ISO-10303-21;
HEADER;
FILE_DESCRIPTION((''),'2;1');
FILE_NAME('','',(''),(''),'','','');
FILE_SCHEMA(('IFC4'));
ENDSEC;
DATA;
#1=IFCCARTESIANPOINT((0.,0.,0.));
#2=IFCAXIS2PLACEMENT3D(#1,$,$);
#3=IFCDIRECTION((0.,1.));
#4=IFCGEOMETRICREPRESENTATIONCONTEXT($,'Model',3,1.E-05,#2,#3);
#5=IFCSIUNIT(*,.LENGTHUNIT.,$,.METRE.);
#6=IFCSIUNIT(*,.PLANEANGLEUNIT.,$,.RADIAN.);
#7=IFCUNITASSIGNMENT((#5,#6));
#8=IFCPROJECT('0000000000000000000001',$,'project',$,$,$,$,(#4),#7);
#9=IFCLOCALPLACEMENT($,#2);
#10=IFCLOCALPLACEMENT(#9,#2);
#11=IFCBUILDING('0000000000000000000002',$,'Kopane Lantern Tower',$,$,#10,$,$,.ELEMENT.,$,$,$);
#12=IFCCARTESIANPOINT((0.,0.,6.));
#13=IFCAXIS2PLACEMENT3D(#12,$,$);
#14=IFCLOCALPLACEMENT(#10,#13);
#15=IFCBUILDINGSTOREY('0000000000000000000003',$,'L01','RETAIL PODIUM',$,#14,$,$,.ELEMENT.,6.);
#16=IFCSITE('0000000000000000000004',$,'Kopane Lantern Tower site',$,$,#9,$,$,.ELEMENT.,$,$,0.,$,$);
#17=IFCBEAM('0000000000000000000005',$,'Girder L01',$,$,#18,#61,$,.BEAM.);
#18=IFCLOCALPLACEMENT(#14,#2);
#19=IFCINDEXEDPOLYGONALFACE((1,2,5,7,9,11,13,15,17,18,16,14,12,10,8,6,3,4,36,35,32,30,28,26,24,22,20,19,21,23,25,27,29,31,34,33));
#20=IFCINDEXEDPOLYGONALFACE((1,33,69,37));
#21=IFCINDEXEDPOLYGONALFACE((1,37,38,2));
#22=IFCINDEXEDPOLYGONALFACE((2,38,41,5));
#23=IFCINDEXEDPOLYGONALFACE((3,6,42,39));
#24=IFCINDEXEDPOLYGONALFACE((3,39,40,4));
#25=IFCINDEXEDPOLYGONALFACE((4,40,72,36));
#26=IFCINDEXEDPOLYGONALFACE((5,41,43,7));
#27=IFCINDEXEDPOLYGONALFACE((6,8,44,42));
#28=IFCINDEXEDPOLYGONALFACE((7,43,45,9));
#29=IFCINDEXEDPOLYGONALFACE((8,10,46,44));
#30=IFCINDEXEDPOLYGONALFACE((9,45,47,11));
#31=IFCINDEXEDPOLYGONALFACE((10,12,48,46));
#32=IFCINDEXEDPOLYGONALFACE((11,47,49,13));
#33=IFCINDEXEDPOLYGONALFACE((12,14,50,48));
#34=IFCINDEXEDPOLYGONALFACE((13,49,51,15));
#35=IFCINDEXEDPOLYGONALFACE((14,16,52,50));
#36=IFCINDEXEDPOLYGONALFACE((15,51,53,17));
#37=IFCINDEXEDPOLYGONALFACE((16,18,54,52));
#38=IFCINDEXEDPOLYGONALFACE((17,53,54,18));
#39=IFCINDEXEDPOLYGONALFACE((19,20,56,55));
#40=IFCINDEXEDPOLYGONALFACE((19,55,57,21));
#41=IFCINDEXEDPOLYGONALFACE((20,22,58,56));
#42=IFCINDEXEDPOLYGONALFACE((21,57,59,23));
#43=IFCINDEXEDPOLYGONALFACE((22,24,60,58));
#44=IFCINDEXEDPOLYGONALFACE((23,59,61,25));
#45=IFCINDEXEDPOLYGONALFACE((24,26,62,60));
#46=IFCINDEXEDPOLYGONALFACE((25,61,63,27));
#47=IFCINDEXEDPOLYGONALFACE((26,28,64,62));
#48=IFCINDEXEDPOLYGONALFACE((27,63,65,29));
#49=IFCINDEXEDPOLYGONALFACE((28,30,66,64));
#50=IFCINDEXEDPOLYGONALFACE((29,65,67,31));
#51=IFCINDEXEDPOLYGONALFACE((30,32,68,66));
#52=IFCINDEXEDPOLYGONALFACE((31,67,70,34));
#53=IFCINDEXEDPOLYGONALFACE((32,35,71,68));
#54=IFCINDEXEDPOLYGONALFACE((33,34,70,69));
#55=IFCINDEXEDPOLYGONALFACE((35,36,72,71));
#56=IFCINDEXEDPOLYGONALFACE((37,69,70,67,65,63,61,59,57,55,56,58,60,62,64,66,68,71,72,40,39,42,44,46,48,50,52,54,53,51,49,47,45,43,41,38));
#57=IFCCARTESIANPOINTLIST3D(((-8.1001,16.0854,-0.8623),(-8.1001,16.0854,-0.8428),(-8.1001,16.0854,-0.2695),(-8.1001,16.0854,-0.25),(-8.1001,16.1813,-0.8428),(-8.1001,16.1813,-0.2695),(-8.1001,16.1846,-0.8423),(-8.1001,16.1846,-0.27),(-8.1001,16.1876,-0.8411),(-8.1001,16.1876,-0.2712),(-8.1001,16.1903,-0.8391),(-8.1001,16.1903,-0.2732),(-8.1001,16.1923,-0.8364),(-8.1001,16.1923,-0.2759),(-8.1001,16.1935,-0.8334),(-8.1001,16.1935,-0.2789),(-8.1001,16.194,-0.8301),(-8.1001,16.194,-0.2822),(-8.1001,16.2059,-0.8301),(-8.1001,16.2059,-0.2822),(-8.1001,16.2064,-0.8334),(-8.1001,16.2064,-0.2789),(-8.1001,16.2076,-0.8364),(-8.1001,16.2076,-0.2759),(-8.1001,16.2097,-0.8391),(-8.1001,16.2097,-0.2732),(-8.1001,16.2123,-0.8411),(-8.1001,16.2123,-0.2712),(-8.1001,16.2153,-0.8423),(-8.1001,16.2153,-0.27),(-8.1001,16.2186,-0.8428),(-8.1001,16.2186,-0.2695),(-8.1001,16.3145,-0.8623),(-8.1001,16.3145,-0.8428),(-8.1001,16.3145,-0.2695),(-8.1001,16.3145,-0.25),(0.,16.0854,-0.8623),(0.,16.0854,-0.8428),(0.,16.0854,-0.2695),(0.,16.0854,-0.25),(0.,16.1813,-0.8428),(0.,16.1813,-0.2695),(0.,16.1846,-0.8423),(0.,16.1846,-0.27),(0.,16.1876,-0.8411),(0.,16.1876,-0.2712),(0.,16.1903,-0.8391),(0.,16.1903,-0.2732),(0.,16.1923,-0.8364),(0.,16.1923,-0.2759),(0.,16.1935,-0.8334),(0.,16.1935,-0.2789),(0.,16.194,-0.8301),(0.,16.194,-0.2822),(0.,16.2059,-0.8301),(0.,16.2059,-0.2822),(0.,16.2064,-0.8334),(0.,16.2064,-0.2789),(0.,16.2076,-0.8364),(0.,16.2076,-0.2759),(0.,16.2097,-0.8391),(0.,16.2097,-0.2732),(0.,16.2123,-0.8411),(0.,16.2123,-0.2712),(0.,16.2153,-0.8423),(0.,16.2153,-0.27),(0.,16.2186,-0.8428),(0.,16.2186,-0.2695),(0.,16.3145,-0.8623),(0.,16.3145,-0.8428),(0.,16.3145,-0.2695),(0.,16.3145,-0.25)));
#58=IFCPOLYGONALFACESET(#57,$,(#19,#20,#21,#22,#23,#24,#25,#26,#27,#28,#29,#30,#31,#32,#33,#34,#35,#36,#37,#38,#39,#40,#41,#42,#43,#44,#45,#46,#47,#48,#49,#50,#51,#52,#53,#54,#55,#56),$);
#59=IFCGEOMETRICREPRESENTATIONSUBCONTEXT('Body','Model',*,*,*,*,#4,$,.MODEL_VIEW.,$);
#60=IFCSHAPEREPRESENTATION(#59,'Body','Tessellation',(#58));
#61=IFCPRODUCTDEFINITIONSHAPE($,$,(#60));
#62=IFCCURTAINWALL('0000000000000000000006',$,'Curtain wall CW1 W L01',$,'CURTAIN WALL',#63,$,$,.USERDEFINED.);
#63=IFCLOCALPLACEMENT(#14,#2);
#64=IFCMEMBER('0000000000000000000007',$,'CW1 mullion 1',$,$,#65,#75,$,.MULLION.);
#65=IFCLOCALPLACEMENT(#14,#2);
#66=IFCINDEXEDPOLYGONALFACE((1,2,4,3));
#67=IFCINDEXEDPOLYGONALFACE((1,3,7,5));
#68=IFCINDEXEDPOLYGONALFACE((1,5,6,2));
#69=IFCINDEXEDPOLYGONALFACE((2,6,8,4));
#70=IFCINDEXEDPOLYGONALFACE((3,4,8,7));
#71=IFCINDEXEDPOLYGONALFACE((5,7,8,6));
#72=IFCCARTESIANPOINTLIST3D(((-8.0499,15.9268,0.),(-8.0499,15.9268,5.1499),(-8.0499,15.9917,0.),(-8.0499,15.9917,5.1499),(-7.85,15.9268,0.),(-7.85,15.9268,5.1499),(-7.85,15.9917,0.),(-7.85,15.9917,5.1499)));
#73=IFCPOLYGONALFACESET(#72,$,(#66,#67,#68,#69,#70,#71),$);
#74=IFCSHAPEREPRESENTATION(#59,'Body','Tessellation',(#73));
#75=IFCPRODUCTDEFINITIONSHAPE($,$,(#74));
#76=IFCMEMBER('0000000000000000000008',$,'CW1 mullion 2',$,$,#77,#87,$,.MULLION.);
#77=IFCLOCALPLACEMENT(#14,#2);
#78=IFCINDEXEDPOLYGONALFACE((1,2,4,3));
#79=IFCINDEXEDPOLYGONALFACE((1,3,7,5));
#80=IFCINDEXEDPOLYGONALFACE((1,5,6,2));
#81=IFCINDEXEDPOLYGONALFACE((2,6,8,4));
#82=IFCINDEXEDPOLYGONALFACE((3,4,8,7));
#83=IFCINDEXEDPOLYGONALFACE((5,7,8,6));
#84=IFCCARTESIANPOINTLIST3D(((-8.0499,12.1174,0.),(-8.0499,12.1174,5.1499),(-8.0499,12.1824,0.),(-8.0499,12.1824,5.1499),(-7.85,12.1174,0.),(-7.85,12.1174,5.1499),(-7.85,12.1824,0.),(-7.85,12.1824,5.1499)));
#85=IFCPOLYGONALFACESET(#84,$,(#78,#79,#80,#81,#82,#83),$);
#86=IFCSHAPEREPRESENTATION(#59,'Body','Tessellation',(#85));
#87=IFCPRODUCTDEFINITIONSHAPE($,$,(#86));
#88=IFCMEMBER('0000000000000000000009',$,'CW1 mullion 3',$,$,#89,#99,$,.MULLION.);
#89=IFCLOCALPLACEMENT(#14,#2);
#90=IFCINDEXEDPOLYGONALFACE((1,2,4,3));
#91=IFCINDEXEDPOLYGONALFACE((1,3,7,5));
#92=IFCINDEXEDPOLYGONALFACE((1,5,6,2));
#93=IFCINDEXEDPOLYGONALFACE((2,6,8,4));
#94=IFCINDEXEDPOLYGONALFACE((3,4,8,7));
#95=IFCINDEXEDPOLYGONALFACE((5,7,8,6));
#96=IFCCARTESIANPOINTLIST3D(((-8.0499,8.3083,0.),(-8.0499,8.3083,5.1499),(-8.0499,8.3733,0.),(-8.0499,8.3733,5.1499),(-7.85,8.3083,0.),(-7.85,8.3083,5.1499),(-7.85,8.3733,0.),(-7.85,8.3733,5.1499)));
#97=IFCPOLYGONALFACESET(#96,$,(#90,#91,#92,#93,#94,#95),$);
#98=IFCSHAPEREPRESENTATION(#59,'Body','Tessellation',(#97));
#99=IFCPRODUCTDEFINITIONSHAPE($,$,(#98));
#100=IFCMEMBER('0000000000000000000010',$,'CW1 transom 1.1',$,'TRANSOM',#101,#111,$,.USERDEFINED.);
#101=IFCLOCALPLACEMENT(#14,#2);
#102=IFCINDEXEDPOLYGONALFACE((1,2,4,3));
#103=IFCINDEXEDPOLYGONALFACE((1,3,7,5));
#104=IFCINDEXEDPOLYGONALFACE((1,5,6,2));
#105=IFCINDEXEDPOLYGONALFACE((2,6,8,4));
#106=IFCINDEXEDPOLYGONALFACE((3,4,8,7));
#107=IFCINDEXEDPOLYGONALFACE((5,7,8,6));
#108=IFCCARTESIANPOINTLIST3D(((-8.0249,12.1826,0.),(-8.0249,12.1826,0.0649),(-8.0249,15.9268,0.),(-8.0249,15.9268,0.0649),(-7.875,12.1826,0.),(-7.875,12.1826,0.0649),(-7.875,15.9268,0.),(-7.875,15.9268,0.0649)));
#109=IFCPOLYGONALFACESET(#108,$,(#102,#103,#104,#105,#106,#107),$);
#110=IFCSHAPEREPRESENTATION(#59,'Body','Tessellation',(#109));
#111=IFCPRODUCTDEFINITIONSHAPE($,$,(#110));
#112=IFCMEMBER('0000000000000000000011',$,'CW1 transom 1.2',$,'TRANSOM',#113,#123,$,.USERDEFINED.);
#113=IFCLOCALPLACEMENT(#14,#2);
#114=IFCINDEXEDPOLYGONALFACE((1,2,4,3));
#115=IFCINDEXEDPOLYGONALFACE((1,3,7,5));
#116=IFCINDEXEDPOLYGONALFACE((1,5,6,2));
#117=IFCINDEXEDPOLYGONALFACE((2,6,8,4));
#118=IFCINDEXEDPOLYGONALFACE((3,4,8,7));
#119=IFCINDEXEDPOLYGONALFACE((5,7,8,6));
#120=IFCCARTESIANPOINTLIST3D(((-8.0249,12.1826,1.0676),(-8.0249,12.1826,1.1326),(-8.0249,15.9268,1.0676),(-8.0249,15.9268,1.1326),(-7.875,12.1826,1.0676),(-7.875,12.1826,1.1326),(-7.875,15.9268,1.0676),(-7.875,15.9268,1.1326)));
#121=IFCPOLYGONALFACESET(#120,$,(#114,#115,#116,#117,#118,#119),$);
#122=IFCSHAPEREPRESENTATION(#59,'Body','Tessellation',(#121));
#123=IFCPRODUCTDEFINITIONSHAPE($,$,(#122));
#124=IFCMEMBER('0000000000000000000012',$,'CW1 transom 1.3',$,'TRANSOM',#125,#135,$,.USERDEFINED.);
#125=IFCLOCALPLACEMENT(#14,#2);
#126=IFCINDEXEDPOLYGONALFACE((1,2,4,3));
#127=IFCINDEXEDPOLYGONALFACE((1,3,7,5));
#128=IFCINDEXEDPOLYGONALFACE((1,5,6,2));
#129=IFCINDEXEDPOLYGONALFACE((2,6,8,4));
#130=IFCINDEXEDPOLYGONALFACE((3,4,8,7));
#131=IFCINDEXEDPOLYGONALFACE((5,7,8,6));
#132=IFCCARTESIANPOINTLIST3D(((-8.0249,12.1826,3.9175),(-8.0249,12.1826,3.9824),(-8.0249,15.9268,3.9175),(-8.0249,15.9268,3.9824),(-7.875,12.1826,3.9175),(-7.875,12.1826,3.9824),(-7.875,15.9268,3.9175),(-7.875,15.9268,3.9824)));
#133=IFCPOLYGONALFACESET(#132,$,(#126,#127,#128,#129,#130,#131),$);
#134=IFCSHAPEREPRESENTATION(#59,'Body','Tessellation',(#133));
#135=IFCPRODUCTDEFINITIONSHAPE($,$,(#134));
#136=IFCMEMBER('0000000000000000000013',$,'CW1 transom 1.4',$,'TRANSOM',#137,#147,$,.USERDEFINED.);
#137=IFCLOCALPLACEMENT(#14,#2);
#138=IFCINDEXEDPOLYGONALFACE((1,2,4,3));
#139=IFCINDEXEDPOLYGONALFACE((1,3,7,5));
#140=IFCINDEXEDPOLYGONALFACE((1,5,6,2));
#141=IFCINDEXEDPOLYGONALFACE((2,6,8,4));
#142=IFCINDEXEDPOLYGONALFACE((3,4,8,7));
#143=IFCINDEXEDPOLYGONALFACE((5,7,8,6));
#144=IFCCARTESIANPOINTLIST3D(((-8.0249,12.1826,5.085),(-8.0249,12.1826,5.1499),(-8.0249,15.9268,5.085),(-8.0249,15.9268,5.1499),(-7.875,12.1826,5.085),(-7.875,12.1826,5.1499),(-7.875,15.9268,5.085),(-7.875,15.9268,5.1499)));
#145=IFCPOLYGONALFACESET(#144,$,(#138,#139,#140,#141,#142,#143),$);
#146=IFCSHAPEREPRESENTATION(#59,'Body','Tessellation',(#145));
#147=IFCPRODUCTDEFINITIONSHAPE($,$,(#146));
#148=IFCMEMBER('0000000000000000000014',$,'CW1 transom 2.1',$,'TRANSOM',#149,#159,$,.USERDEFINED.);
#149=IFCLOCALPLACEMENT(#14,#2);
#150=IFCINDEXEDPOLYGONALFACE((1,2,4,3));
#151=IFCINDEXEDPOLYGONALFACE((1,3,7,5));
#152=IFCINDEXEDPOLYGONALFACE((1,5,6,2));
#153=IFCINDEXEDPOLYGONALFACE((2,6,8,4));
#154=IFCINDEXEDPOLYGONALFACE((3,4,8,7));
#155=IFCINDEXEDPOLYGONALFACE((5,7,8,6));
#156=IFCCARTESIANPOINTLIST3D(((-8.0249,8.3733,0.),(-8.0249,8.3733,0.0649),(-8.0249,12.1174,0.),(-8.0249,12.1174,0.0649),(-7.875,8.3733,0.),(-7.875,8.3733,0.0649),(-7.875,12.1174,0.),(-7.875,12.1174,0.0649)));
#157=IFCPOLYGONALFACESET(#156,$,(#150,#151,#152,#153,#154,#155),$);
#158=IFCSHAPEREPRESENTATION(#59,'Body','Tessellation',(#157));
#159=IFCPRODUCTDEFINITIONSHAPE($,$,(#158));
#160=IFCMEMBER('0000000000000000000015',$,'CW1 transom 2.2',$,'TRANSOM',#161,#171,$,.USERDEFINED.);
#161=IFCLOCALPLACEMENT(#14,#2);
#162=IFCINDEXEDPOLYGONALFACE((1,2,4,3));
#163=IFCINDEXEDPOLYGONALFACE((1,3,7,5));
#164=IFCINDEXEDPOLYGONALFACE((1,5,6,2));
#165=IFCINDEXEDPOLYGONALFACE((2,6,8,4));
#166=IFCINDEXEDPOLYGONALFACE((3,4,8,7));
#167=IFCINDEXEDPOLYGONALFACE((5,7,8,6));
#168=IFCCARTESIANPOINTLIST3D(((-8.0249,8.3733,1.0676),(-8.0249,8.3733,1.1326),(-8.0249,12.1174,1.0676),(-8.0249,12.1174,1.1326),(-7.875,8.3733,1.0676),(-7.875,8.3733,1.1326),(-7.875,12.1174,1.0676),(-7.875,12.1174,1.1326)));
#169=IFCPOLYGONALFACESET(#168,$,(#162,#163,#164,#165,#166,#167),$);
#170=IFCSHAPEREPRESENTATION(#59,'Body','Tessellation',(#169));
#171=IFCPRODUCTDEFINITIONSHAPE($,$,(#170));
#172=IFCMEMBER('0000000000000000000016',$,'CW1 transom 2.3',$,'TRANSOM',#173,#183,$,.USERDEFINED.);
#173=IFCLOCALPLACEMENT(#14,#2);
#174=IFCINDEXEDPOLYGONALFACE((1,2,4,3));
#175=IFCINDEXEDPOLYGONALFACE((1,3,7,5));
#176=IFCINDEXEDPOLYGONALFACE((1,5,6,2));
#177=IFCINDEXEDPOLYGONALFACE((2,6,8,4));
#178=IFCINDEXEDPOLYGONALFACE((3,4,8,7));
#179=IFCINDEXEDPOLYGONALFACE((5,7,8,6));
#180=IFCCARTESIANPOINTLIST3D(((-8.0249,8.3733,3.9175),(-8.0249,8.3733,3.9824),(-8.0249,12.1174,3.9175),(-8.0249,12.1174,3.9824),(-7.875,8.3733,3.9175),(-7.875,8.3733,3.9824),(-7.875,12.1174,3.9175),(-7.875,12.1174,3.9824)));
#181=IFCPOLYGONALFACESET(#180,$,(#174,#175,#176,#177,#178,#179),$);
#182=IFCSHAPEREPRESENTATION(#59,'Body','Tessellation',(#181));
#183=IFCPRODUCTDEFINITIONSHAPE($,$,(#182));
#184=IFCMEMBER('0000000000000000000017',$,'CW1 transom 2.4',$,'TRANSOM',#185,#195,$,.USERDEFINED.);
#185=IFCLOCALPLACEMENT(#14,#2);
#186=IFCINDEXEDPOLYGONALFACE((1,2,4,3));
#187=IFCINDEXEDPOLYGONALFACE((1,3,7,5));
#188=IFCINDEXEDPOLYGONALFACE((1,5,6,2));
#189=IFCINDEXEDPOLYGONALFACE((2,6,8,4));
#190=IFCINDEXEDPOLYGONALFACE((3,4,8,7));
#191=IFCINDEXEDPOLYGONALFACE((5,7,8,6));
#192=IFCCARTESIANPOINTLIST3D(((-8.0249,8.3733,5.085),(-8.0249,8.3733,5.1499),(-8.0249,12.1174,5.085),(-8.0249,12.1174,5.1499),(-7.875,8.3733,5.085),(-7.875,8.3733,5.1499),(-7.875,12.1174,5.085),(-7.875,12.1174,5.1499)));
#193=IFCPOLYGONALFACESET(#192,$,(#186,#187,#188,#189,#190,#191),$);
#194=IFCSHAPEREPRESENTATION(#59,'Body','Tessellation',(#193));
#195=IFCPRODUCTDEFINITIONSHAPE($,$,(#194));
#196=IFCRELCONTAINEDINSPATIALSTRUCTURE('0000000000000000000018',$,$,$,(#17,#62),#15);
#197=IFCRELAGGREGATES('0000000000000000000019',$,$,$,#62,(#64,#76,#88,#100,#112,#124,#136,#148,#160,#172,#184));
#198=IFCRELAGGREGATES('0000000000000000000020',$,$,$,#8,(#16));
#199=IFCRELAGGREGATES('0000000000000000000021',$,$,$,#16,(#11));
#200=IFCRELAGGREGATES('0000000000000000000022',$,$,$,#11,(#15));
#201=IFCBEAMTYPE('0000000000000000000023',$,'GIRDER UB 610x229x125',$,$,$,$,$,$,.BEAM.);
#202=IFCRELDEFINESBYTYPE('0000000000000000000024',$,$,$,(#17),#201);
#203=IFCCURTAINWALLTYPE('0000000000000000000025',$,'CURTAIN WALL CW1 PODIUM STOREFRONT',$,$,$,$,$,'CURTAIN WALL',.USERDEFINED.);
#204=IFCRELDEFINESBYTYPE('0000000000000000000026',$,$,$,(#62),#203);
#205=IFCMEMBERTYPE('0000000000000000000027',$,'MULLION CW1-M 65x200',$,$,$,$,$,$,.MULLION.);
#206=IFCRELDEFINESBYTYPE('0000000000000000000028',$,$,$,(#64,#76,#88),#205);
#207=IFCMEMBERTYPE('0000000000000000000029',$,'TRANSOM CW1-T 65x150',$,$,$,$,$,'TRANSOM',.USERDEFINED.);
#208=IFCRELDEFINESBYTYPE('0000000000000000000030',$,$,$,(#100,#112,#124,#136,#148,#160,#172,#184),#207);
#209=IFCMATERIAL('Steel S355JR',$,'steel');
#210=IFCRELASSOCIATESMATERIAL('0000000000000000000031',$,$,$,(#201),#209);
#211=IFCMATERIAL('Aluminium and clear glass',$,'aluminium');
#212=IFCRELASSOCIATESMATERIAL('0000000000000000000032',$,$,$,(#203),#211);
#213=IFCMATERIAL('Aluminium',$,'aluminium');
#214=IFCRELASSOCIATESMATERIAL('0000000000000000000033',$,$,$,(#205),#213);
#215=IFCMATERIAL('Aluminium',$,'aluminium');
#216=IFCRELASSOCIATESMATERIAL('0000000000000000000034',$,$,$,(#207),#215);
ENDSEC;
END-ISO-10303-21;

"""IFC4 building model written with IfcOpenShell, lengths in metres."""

from ifc_helpers import new_model, si_unit, direction, frame, origin, origin_2d, place, context, subcontext, project, spatial, rectangle, i_section, extrude, material, material_profile, profile_set, type_object, element, aggregate, save


model = new_model("IFC4")

# Units and contexts
model_context = context("Model", 3, precision=1e-05, world=origin(), true_north=direction((0.0, 1.0)))
body_context = subcontext(model_context, "Body", "Model", "MODEL_VIEW")
ifc_project = project(units=[si_unit("LENGTHUNIT", "METRE"), si_unit("PLANEANGLEUNIT", "RADIAN")], contexts=[model_context])

# Site, building, storey
site_placement = place(None, origin())
site = spatial("IfcSite", under=ifc_project, at=site_placement, Name="Kopane Lantern Tower site", CompositionType="ELEMENT", RefElevation=0.0)
building_placement = place(site_placement, origin())
building = spatial("IfcBuilding", under=site, at=building_placement, Name="Kopane Lantern Tower", CompositionType="ELEMENT")
storey_placement = place(building_placement, frame((0.0, 0.0, 6.0)))
storey = spatial("IfcBuildingStorey", under=building, at=storey_placement, Name="L01", Description="RETAIL PODIUM", CompositionType="ELEMENT", Elevation=6.0)

# Beam
ifc_material_1 = material(Name="Steel S355JR", Category="steel")
ifc_material_profile_1 = material_profile(ifc_material_1, i_section(OverallWidth=0.229, OverallDepth=0.6123, WebThickness=0.012, FlangeThickness=0.0195, FilletRadius=0.0127, at=origin_2d()), Name="UB 610x229x125")
ifc_profile_set_1 = profile_set([ifc_material_profile_1], Name="Steel S355JR")
beam_type = type_object("IfcBeamType", Name="GIRDER UB 610x229x125", PredefinedType="BEAM", material=ifc_profile_set_1)
for number, where, z_axis, x_axis, name in (
    (1, (-8.1001, 16.2, -0.5562), (1.0, 0.0, 0.0), (0.0, 1.0, 0.0), "Girder L01"),
):
    element("IfcBeam", number, at=place(storey_placement, frame(where, z_axis=z_axis, x_axis=x_axis)), inside=storey, type_object=beam_type, Name=name, PredefinedType="BEAM", context=body_context, shape_type="SweptSolid", body=[
        extrude(i_section(OverallWidth=0.229, OverallDepth=0.6123, WebThickness=0.012, FlangeThickness=0.0195, FilletRadius=0.0127, at=origin_2d()), origin(), (0.0, 0.0, 1.0), 8.1001),
    ])

# Curtain wall, members
ifc_material_2 = material(Name="Aluminium and clear glass", Category="aluminium")
curtain_wall_type = type_object("IfcCurtainWallType", Name="CURTAIN WALL CW1 PODIUM STOREFRONT", ElementType="CURTAIN WALL", PredefinedType="USERDEFINED", material=ifc_material_2)
curtain_wall_placement = place(storey_placement, origin())
curtain_wall = element("IfcCurtainWall", 2, at=curtain_wall_placement, inside=storey, type_object=curtain_wall_type, Name="Curtain wall CW1 W L01", ObjectType="CURTAIN WALL", PredefinedType="USERDEFINED")
ifc_material_3 = material(Name="Aluminium", Category="aluminium")
ifc_material_profile_2 = material_profile(ifc_material_3, rectangle(XDim=0.0649, YDim=0.2, at=origin_2d()), Name="AL 65x200")
ifc_profile_set_2 = profile_set([ifc_material_profile_2], Name="Aluminium")
member_type_1 = type_object("IfcMemberType", Name="MULLION CW1-M 65x200", PredefinedType="MULLION", material=ifc_profile_set_2)
member_1_placement = place(storey_placement, frame((-7.95, 15.9592, 0.0), z_axis=(0.0, 0.0, 1.0), x_axis=(0.0, -1.0, 0.0)))
member_1 = element("IfcMember", 3, at=member_1_placement, type_object=member_type_1, Name="CW1 mullion 1", PredefinedType="MULLION", context=body_context, shape_type="SweptSolid", body=[
    extrude(rectangle(XDim=0.0649, YDim=0.2, at=origin_2d()), origin(), (0.0, 0.0, 1.0), 5.1499),
])
member_2_placement = place(storey_placement, frame((-7.95, 12.1499, 0.0), z_axis=(0.0, 0.0, 1.0), x_axis=(0.0, -1.0, 0.0)))
member_2 = element("IfcMember", 4, at=member_2_placement, type_object=member_type_1, Name="CW1 mullion 2", PredefinedType="MULLION", context=body_context, shape_type="SweptSolid", body=[
    extrude(rectangle(XDim=0.0649, YDim=0.2, at=origin_2d()), origin(), (0.0, 0.0, 1.0), 5.1499),
])
member_3_placement = place(storey_placement, frame((-7.95, 8.3408, 0.0), z_axis=(0.0, 0.0, 1.0), x_axis=(0.0, -1.0, 0.0)))
member_3 = element("IfcMember", 5, at=member_3_placement, type_object=member_type_1, Name="CW1 mullion 3", PredefinedType="MULLION", context=body_context, shape_type="SweptSolid", body=[
    extrude(rectangle(XDim=0.0649, YDim=0.2, at=origin_2d()), origin(), (0.0, 0.0, 1.0), 5.1499),
])
ifc_material_4 = material(Name="Aluminium", Category="aluminium")
ifc_material_profile_3 = material_profile(ifc_material_4, rectangle(XDim=0.1499, YDim=0.0649, at=origin_2d()), Name="AL 150x65")
ifc_profile_set_3 = profile_set([ifc_material_profile_3], Name="Aluminium")
member_type_2 = type_object("IfcMemberType", Name="TRANSOM CW1-T 65x150", ElementType="TRANSOM", PredefinedType="USERDEFINED", material=ifc_profile_set_3)
member_4_placement = place(storey_placement, frame((-7.95, 15.9268, 0.0325), z_axis=(0.0, -1.0, 0.0), x_axis=(1.0, 0.0, 0.0)))
member_4 = element("IfcMember", 6, at=member_4_placement, type_object=member_type_2, Name="CW1 transom 1.1", ObjectType="TRANSOM", PredefinedType="USERDEFINED", context=body_context, shape_type="SweptSolid", body=[
    extrude(rectangle(XDim=0.1499, YDim=0.0649, at=origin_2d()), origin(), (0.0, 0.0, 1.0), 3.7441),
])
member_5_placement = place(storey_placement, frame((-7.95, 15.9268, 1.1001), z_axis=(0.0, -1.0, 0.0), x_axis=(1.0, 0.0, 0.0)))
member_5 = element("IfcMember", 7, at=member_5_placement, type_object=member_type_2, Name="CW1 transom 1.2", ObjectType="TRANSOM", PredefinedType="USERDEFINED", context=body_context, shape_type="SweptSolid", body=[
    extrude(rectangle(XDim=0.1499, YDim=0.0649, at=origin_2d()), origin(), (0.0, 0.0, 1.0), 3.7441),
])
member_6_placement = place(storey_placement, frame((-7.95, 15.9268, 3.95), z_axis=(0.0, -1.0, 0.0), x_axis=(1.0, 0.0, 0.0)))
member_6 = element("IfcMember", 8, at=member_6_placement, type_object=member_type_2, Name="CW1 transom 1.3", ObjectType="TRANSOM", PredefinedType="USERDEFINED", context=body_context, shape_type="SweptSolid", body=[
    extrude(rectangle(XDim=0.1499, YDim=0.0649, at=origin_2d()), origin(), (0.0, 0.0, 1.0), 3.7441),
])
member_7_placement = place(storey_placement, frame((-7.95, 15.9268, 5.1174), z_axis=(0.0, -1.0, 0.0), x_axis=(1.0, 0.0, 0.0)))
member_7 = element("IfcMember", 9, at=member_7_placement, type_object=member_type_2, Name="CW1 transom 1.4", ObjectType="TRANSOM", PredefinedType="USERDEFINED", context=body_context, shape_type="SweptSolid", body=[
    extrude(rectangle(XDim=0.1499, YDim=0.0649, at=origin_2d()), origin(), (0.0, 0.0, 1.0), 3.7441),
])
member_8_placement = place(storey_placement, frame((-7.95, 12.1174, 0.0325), z_axis=(0.0, -1.0, 0.0), x_axis=(1.0, 0.0, 0.0)))
member_8 = element("IfcMember", 10, at=member_8_placement, type_object=member_type_2, Name="CW1 transom 2.1", ObjectType="TRANSOM", PredefinedType="USERDEFINED", context=body_context, shape_type="SweptSolid", body=[
    extrude(rectangle(XDim=0.1499, YDim=0.0649, at=origin_2d()), origin(), (0.0, 0.0, 1.0), 3.7441),
])
member_9_placement = place(storey_placement, frame((-7.95, 12.1174, 1.1001), z_axis=(0.0, -1.0, 0.0), x_axis=(1.0, 0.0, 0.0)))
member_9 = element("IfcMember", 11, at=member_9_placement, type_object=member_type_2, Name="CW1 transom 2.2", ObjectType="TRANSOM", PredefinedType="USERDEFINED", context=body_context, shape_type="SweptSolid", body=[
    extrude(rectangle(XDim=0.1499, YDim=0.0649, at=origin_2d()), origin(), (0.0, 0.0, 1.0), 3.7441),
])
member_10_placement = place(storey_placement, frame((-7.95, 12.1174, 3.95), z_axis=(0.0, -1.0, 0.0), x_axis=(1.0, 0.0, 0.0)))
member_10 = element("IfcMember", 12, at=member_10_placement, type_object=member_type_2, Name="CW1 transom 2.3", ObjectType="TRANSOM", PredefinedType="USERDEFINED", context=body_context, shape_type="SweptSolid", body=[
    extrude(rectangle(XDim=0.1499, YDim=0.0649, at=origin_2d()), origin(), (0.0, 0.0, 1.0), 3.7441),
])
member_11_placement = place(storey_placement, frame((-7.95, 12.1174, 5.1174), z_axis=(0.0, -1.0, 0.0), x_axis=(1.0, 0.0, 0.0)))
member_11 = element("IfcMember", 13, at=member_11_placement, type_object=member_type_2, Name="CW1 transom 2.4", ObjectType="TRANSOM", PredefinedType="USERDEFINED", context=body_context, shape_type="SweptSolid", body=[
    extrude(rectangle(XDim=0.1499, YDim=0.0649, at=origin_2d()), origin(), (0.0, 0.0, 1.0), 3.7441),
])
aggregate(curtain_wall, [member_1, member_2, member_3, member_4, member_5, member_6, member_7, member_8, member_9, member_10, member_11])

save(model, "model.ifc")
